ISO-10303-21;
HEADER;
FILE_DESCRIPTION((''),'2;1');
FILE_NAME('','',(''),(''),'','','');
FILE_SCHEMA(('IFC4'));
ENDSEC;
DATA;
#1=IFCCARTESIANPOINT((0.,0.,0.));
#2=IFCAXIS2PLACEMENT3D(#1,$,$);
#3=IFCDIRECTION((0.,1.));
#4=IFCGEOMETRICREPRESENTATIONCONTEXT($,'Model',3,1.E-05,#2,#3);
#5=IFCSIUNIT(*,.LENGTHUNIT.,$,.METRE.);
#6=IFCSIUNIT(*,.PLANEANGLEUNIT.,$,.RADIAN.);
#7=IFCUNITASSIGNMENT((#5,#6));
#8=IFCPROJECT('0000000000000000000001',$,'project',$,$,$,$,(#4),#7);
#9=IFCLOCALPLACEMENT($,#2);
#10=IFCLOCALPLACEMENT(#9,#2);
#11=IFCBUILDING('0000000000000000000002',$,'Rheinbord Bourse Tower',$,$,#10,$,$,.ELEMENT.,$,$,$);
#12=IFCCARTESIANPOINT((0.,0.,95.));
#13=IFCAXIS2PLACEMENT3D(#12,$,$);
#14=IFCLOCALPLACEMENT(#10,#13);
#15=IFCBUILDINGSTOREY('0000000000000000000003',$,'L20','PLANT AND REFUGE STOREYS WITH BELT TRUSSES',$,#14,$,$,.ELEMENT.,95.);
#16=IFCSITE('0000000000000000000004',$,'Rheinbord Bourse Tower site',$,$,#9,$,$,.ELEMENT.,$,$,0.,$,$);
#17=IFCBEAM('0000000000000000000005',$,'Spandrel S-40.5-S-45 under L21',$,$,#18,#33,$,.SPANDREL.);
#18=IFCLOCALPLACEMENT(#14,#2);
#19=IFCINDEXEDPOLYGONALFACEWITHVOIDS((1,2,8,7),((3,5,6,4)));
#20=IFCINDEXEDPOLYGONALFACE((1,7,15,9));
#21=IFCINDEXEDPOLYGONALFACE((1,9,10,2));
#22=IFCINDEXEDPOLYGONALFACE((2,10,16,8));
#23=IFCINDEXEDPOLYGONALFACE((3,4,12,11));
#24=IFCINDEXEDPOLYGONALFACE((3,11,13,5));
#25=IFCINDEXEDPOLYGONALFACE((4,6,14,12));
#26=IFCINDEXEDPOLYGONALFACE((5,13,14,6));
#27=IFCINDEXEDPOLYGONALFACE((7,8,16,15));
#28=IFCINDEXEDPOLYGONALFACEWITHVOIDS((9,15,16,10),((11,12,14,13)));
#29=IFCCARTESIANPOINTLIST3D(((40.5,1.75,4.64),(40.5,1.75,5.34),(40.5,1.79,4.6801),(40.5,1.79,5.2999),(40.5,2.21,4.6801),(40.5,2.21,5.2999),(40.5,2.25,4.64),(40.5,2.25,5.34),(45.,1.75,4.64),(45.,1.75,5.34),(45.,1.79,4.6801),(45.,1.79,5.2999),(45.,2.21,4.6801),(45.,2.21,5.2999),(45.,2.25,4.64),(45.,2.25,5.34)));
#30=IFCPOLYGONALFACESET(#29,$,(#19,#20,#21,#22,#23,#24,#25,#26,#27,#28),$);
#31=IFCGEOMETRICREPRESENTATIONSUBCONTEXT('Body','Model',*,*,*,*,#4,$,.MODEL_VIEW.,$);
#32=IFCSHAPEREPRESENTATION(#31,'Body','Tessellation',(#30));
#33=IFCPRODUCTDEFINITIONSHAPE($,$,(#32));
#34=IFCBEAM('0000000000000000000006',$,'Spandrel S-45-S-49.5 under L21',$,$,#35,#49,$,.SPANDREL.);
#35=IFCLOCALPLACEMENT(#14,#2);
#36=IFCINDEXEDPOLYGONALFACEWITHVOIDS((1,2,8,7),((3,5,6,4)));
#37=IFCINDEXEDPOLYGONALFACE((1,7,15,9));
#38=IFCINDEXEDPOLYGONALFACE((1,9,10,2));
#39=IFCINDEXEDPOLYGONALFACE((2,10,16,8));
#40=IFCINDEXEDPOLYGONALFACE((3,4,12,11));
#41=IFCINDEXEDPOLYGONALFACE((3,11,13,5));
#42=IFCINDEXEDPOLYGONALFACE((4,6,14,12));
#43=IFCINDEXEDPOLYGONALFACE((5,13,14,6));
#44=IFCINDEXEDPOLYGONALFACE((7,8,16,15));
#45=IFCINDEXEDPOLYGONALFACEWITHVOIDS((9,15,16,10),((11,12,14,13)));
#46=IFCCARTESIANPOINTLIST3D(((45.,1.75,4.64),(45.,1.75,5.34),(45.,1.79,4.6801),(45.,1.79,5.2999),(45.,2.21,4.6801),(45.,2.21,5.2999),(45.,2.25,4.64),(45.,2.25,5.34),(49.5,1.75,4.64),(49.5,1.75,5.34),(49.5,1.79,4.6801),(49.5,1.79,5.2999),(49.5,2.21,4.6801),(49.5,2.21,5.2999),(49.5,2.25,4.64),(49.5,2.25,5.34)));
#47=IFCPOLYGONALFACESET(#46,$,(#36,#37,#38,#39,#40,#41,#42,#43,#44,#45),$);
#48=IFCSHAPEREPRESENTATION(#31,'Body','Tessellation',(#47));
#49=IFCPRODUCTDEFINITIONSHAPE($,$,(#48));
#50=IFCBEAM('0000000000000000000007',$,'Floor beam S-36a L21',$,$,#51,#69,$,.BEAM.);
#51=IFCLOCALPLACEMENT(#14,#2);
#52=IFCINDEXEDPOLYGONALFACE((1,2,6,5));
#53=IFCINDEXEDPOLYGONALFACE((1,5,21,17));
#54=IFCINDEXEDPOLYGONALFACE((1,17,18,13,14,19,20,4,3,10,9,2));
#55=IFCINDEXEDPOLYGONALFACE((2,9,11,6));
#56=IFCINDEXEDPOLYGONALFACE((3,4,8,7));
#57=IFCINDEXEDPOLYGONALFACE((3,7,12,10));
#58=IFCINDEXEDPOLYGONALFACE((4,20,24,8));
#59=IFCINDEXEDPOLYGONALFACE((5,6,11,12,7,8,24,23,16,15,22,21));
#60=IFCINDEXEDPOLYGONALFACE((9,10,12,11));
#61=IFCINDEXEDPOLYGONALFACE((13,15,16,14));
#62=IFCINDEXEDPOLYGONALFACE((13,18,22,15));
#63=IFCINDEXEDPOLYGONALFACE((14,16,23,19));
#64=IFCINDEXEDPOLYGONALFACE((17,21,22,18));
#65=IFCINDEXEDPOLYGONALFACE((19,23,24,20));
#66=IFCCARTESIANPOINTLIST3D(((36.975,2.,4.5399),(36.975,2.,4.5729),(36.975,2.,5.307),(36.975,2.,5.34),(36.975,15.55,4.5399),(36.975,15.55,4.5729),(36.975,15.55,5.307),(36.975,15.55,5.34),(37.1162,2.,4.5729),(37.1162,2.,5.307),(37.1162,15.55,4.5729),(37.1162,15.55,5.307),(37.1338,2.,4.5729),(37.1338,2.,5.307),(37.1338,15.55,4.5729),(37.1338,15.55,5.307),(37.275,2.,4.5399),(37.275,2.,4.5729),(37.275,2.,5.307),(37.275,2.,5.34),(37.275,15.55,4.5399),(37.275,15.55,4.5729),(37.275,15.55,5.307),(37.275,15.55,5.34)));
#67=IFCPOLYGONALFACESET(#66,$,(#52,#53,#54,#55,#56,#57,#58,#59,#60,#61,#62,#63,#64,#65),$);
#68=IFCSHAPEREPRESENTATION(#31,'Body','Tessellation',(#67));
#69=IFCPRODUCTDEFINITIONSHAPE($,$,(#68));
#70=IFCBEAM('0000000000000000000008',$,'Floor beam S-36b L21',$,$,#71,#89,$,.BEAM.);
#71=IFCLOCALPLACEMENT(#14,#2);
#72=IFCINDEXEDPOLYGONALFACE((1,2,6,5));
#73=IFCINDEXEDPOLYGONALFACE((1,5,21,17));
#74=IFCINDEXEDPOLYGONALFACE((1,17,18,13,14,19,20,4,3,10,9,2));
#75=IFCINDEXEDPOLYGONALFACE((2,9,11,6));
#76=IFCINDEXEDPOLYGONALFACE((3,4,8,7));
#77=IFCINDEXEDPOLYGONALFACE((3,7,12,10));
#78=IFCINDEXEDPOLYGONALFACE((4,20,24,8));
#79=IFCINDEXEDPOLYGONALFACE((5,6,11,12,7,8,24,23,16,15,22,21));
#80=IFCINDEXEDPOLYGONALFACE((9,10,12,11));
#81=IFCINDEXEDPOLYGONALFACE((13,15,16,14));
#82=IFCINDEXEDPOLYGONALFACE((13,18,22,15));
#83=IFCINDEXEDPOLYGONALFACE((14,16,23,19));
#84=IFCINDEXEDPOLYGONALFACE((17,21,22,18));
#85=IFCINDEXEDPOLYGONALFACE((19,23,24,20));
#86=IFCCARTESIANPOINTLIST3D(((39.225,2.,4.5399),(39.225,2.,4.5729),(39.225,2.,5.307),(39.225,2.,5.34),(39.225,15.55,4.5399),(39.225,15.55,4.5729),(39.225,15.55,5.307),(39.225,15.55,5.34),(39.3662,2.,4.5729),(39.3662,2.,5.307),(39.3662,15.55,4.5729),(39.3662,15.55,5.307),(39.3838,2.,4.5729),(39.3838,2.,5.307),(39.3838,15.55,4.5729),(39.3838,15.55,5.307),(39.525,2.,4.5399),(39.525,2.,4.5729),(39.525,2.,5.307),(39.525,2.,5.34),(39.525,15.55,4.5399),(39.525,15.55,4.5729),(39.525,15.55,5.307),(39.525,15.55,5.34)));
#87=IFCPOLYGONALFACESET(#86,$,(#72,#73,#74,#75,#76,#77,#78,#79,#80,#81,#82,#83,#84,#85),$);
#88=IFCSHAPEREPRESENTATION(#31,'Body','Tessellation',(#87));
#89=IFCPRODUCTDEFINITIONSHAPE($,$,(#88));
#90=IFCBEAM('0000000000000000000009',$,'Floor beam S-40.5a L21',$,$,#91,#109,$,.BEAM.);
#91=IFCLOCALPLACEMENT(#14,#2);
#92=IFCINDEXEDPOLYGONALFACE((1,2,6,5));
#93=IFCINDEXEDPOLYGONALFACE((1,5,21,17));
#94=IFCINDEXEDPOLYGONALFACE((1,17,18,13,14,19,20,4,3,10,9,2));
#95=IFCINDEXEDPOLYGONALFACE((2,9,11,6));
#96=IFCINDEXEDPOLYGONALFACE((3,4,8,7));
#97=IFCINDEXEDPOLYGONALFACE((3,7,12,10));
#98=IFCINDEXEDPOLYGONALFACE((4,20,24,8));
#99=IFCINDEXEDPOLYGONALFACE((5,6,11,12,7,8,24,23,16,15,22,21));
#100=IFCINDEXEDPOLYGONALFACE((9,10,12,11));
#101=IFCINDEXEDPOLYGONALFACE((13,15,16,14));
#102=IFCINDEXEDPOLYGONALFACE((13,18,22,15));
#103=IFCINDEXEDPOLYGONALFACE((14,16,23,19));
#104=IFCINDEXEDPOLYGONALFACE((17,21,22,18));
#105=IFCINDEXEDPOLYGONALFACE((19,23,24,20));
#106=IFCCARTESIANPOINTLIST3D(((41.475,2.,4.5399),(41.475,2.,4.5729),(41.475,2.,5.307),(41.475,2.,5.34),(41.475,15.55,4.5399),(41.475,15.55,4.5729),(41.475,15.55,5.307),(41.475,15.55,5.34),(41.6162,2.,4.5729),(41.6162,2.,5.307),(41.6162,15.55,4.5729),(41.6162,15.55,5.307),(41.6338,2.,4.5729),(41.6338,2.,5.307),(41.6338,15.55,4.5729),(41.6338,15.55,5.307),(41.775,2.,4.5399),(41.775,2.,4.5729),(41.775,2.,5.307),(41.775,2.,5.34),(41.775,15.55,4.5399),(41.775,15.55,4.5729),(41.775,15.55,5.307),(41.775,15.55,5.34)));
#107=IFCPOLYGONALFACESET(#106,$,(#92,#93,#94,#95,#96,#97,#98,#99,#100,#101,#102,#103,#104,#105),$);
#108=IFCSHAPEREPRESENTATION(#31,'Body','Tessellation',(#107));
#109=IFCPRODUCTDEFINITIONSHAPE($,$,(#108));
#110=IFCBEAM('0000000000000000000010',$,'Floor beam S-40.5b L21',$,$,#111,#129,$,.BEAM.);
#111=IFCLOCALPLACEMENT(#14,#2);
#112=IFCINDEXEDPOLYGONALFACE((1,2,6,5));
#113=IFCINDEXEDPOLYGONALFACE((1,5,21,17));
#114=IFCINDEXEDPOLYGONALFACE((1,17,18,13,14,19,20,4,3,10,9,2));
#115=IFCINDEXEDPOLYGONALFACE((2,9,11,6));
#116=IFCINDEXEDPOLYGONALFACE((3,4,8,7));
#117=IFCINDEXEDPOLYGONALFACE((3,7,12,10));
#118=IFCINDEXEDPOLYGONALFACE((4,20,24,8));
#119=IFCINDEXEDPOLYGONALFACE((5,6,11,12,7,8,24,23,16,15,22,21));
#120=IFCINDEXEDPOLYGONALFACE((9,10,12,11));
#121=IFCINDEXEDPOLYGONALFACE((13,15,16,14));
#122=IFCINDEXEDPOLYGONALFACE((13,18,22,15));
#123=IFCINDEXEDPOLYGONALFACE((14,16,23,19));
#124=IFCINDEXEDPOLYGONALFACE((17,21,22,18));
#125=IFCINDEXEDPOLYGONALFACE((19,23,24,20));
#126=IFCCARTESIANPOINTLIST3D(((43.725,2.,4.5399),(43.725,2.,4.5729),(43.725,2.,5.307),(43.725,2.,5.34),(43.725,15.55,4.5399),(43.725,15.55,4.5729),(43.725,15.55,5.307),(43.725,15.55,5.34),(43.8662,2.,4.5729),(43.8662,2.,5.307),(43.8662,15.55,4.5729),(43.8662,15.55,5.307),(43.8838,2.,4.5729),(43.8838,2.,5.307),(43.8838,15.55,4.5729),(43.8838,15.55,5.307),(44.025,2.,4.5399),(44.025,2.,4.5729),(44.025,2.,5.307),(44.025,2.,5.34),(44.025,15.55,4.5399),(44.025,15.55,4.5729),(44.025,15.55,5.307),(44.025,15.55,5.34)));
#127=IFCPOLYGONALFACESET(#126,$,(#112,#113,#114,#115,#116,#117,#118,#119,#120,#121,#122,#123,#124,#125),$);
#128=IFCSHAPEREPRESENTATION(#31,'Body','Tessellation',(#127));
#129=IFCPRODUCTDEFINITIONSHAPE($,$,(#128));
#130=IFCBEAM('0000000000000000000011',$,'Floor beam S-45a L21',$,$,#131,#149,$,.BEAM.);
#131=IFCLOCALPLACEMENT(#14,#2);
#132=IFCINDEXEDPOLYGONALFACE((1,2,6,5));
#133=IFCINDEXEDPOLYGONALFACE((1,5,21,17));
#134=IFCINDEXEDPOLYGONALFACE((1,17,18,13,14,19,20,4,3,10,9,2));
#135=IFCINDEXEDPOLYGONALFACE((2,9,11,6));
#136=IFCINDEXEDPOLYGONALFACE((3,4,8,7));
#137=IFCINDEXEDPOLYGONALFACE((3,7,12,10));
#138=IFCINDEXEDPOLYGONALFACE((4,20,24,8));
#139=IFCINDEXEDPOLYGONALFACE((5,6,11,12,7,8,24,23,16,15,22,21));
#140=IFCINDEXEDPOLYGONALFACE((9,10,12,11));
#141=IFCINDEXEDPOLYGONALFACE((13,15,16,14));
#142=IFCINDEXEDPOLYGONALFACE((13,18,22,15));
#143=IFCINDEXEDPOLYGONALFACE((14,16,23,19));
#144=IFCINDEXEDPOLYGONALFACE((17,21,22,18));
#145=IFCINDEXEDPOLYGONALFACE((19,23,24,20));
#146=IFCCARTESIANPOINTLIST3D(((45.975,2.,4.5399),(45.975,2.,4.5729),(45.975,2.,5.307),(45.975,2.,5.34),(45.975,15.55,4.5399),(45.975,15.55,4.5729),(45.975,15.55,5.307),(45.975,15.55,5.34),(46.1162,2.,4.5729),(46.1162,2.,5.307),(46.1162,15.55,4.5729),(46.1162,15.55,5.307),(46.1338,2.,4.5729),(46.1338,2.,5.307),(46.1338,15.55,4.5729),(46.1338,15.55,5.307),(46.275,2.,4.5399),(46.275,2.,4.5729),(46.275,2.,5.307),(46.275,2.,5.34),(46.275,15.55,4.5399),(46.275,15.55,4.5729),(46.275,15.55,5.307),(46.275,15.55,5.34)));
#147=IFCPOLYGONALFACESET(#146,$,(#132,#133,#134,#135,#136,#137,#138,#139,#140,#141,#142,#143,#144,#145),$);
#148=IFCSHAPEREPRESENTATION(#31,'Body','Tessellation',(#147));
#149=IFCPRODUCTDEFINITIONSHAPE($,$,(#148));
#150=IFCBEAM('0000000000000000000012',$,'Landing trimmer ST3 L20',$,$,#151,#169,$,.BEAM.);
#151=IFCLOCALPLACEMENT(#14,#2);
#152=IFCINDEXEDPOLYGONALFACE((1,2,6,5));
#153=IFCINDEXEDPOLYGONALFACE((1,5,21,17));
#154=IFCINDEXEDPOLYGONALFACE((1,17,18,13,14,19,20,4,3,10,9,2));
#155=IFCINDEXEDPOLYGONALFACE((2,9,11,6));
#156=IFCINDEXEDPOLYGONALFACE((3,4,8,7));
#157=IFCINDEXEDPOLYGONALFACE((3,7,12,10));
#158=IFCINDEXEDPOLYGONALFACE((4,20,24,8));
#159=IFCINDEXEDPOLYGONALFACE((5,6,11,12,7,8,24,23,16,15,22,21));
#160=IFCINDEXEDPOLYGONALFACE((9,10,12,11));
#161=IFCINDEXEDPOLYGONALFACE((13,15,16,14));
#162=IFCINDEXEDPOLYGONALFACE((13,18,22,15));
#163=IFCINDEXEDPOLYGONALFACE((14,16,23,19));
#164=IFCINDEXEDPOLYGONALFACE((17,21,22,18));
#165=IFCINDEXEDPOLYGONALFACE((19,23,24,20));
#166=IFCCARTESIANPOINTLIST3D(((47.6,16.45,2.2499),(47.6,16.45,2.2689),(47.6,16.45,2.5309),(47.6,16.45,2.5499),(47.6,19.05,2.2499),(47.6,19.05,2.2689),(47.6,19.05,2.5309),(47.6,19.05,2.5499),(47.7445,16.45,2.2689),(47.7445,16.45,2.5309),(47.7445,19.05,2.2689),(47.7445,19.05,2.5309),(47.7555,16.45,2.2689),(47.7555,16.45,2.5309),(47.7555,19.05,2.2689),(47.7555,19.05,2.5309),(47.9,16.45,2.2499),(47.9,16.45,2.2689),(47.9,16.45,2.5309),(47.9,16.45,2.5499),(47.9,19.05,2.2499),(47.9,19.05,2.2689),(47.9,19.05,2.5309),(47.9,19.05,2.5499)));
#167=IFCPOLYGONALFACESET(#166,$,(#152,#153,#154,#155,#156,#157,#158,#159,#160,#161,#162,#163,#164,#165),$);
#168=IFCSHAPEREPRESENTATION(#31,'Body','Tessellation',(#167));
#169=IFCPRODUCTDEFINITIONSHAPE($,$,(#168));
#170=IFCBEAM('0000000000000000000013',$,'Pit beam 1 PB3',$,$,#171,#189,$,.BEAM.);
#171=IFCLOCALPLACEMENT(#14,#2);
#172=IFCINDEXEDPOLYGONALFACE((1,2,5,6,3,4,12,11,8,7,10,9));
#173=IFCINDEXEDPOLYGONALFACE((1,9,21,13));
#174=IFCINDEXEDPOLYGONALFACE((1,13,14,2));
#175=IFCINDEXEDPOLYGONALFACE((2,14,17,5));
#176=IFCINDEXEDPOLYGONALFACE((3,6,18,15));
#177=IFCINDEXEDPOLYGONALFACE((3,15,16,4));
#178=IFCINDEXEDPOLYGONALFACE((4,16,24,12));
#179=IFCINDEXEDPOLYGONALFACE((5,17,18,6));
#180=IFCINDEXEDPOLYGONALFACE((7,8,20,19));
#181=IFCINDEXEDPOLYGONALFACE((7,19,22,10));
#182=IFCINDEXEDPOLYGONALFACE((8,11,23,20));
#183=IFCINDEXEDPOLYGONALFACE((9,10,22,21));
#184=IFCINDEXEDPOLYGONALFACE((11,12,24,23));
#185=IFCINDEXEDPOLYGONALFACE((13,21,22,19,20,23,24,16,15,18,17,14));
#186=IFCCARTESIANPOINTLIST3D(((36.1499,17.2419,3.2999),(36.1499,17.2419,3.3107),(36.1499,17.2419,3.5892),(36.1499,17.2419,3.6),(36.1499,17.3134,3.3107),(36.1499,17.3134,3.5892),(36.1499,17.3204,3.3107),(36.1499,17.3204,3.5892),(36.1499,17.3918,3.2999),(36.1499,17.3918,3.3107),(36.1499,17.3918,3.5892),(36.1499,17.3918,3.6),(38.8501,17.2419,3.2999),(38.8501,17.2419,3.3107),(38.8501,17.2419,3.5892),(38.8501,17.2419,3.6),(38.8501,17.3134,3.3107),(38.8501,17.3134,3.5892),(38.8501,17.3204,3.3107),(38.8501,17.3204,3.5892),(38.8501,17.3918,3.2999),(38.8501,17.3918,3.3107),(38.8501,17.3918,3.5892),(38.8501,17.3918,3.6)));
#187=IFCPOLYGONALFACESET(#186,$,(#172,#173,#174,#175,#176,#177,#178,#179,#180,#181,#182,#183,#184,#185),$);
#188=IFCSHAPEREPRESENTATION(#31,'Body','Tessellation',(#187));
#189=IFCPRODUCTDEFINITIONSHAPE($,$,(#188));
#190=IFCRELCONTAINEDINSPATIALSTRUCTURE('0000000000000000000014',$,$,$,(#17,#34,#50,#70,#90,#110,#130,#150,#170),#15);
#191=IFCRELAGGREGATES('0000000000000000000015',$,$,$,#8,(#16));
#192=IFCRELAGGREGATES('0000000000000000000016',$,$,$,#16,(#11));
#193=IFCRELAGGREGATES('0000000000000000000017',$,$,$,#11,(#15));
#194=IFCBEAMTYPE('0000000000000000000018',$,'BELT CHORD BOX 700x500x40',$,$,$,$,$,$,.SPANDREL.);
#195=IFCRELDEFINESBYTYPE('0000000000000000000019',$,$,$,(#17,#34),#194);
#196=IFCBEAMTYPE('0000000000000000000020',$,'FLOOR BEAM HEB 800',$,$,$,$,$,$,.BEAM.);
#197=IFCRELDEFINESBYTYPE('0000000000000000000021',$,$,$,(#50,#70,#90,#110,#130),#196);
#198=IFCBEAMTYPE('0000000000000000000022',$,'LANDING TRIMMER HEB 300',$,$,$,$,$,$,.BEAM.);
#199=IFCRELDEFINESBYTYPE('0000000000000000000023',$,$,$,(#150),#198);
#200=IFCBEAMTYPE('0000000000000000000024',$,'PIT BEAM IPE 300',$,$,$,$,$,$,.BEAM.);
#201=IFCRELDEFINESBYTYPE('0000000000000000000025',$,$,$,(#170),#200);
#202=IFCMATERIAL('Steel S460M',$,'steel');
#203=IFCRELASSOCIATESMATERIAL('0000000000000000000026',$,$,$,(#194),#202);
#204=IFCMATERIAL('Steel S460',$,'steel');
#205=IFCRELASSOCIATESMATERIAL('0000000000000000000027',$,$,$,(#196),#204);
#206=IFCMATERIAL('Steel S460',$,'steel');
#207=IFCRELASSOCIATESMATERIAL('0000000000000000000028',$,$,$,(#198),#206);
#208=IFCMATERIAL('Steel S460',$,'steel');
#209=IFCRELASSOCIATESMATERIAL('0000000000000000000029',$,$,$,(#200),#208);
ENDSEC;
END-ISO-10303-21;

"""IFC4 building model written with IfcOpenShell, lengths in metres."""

from ifc_helpers import new_model, si_unit, direction, frame, origin, origin_2d, place, context, subcontext, project, spatial, hollow_rectangle, i_section, extrude, material, material_profile, profile_set, type_object, element, save


model = new_model("IFC4")

# Units and contexts
model_context = context("Model", 3, precision=1e-05, world=origin(), true_north=direction((0.0, 1.0)))
body_context = subcontext(model_context, "Body", "Model", "MODEL_VIEW")
ifc_project = project(units=[si_unit("LENGTHUNIT", "METRE"), si_unit("PLANEANGLEUNIT", "RADIAN")], contexts=[model_context])

# Site, building, storey
site_placement = place(None, origin())
site = spatial("IfcSite", under=ifc_project, at=site_placement, Name="Rheinbord Bourse Tower site", CompositionType="ELEMENT", RefElevation=0.0)
building_placement = place(site_placement, origin())
building = spatial("IfcBuilding", under=site, at=building_placement, Name="Rheinbord Bourse Tower", CompositionType="ELEMENT")
storey_placement = place(building_placement, frame((0.0, 0.0, 95.0)))
storey = spatial("IfcBuildingStorey", under=building, at=storey_placement, Name="L20", Description="PLANT AND REFUGE STOREYS WITH BELT TRUSSES", CompositionType="ELEMENT", Elevation=95.0)

# Beams
ifc_material_1 = material(Name="Steel S460M", Category="steel")
ifc_material_profile_1 = material_profile(ifc_material_1, hollow_rectangle(XDim=0.5, YDim=0.7, WallThickness=0.04, at=origin_2d()), Name="BOX 700x500x40")
ifc_profile_set_1 = profile_set([ifc_material_profile_1], Name="Steel S460M")
beam_type_1 = type_object("IfcBeamType", Name="BELT CHORD BOX 700x500x40", PredefinedType="SPANDREL", material=ifc_profile_set_1)
for number, where, z_axis, x_axis, name in (
    (1, (40.5, 2.0, 4.99), (1.0, 0.0, 0.0), (0.0, 1.0, 0.0), "Spandrel S-40.5-S-45 under L21"),
    (2, (45.0, 2.0, 4.99), (1.0, 0.0, 0.0), (0.0, 1.0, 0.0), "Spandrel S-45-S-49.5 under L21"),
):
    element("IfcBeam", number, at=place(storey_placement, frame(where, z_axis=z_axis, x_axis=x_axis)), inside=storey, type_object=beam_type_1, Name=name, PredefinedType="SPANDREL", context=body_context, shape_type="SweptSolid", body=[
        extrude(hollow_rectangle(XDim=0.5, YDim=0.7, WallThickness=0.04, at=origin_2d()), origin(), (0.0, 0.0, 1.0), 4.5),
    ])
ifc_material_2 = material(Name="Steel S460", Category="steel")
ifc_material_profile_2 = material_profile(ifc_material_2, i_section(OverallWidth=0.3, OverallDepth=0.8, WebThickness=0.0176, FlangeThickness=0.033, at=origin_2d()), Name="HEB 800")
ifc_profile_set_2 = profile_set([ifc_material_profile_2], Name="Steel S460")
beam_type_2 = type_object("IfcBeamType", Name="FLOOR BEAM HEB 800", PredefinedType="BEAM", material=ifc_profile_set_2)
for number, where, z_axis, x_axis, name in (
    (3, (37.125, 2.0, 4.9399), (0.0, 1.0, 0.0), (-1.0, 0.0, 0.0), "Floor beam S-36a L21"),
    (4, (39.375, 2.0, 4.9399), (0.0, 1.0, 0.0), (-1.0, 0.0, 0.0), "Floor beam S-36b L21"),
    (5, (41.625, 2.0, 4.9399), (0.0, 1.0, 0.0), (-1.0, 0.0, 0.0), "Floor beam S-40.5a L21"),
    (6, (43.875, 2.0, 4.9399), (0.0, 1.0, 0.0), (-1.0, 0.0, 0.0), "Floor beam S-40.5b L21"),
    (7, (46.125, 2.0, 4.9399), (0.0, 1.0, 0.0), (-1.0, 0.0, 0.0), "Floor beam S-45a L21"),
):
    element("IfcBeam", number, at=place(storey_placement, frame(where, z_axis=z_axis, x_axis=x_axis)), inside=storey, type_object=beam_type_2, Name=name, PredefinedType="BEAM", context=body_context, shape_type="SweptSolid", body=[
        extrude(i_section(OverallWidth=0.3, OverallDepth=0.8, WebThickness=0.0176, FlangeThickness=0.033, at=origin_2d()), origin(), (0.0, 0.0, 1.0), 13.55),
    ])
ifc_material_3 = material(Name="Steel S460", Category="steel")
ifc_material_profile_3 = material_profile(ifc_material_3, i_section(OverallWidth=0.3, OverallDepth=0.3, WebThickness=0.011, FlangeThickness=0.019, at=origin_2d()), Name="HEB 300")
ifc_profile_set_3 = profile_set([ifc_material_profile_3], Name="Steel S460")
beam_type_3 = type_object("IfcBeamType", Name="LANDING TRIMMER HEB 300", PredefinedType="BEAM", material=ifc_profile_set_3)
beam_placement = place(storey_placement, frame((47.75, 16.45, 2.3999), z_axis=(0.0, 1.0, 0.0), x_axis=(-1.0, 0.0, 0.0)))
element("IfcBeam", 8, at=beam_placement, inside=storey, type_object=beam_type_3, Name="Landing trimmer ST3 L20", PredefinedType="BEAM", context=body_context, shape_type="SweptSolid", body=[
    extrude(i_section(OverallWidth=0.3, OverallDepth=0.3, WebThickness=0.011, FlangeThickness=0.019, at=origin_2d()), origin(), (0.0, 0.0, 1.0), 2.6001),
])
ifc_material_4 = material(Name="Steel S460", Category="steel")
ifc_material_profile_4 = material_profile(ifc_material_4, i_section(OverallWidth=0.1499, OverallDepth=0.3, WebThickness=0.0071, FlangeThickness=0.0107, at=origin_2d()), Name="IPE 300")
ifc_profile_set_4 = profile_set([ifc_material_profile_4], Name="Steel S460")
beam_type_4 = type_object("IfcBeamType", Name="PIT BEAM IPE 300", PredefinedType="BEAM", material=ifc_profile_set_4)
for number, where, z_axis, x_axis, name in (
    (9, (36.1499, 17.3169, 3.45), (1.0, 0.0, 0.0), (0.0, 1.0, 0.0), "Pit beam 1 PB3"),
):
    element("IfcBeam", number, at=place(storey_placement, frame(where, z_axis=z_axis, x_axis=x_axis)), inside=storey, type_object=beam_type_4, Name=name, PredefinedType="BEAM", context=body_context, shape_type="SweptSolid", body=[
        extrude(i_section(OverallWidth=0.1499, OverallDepth=0.3, WebThickness=0.0071, FlangeThickness=0.0107, at=origin_2d()), origin(), (0.0, 0.0, 1.0), 2.7002),
    ])

save(model, "model.ifc")
